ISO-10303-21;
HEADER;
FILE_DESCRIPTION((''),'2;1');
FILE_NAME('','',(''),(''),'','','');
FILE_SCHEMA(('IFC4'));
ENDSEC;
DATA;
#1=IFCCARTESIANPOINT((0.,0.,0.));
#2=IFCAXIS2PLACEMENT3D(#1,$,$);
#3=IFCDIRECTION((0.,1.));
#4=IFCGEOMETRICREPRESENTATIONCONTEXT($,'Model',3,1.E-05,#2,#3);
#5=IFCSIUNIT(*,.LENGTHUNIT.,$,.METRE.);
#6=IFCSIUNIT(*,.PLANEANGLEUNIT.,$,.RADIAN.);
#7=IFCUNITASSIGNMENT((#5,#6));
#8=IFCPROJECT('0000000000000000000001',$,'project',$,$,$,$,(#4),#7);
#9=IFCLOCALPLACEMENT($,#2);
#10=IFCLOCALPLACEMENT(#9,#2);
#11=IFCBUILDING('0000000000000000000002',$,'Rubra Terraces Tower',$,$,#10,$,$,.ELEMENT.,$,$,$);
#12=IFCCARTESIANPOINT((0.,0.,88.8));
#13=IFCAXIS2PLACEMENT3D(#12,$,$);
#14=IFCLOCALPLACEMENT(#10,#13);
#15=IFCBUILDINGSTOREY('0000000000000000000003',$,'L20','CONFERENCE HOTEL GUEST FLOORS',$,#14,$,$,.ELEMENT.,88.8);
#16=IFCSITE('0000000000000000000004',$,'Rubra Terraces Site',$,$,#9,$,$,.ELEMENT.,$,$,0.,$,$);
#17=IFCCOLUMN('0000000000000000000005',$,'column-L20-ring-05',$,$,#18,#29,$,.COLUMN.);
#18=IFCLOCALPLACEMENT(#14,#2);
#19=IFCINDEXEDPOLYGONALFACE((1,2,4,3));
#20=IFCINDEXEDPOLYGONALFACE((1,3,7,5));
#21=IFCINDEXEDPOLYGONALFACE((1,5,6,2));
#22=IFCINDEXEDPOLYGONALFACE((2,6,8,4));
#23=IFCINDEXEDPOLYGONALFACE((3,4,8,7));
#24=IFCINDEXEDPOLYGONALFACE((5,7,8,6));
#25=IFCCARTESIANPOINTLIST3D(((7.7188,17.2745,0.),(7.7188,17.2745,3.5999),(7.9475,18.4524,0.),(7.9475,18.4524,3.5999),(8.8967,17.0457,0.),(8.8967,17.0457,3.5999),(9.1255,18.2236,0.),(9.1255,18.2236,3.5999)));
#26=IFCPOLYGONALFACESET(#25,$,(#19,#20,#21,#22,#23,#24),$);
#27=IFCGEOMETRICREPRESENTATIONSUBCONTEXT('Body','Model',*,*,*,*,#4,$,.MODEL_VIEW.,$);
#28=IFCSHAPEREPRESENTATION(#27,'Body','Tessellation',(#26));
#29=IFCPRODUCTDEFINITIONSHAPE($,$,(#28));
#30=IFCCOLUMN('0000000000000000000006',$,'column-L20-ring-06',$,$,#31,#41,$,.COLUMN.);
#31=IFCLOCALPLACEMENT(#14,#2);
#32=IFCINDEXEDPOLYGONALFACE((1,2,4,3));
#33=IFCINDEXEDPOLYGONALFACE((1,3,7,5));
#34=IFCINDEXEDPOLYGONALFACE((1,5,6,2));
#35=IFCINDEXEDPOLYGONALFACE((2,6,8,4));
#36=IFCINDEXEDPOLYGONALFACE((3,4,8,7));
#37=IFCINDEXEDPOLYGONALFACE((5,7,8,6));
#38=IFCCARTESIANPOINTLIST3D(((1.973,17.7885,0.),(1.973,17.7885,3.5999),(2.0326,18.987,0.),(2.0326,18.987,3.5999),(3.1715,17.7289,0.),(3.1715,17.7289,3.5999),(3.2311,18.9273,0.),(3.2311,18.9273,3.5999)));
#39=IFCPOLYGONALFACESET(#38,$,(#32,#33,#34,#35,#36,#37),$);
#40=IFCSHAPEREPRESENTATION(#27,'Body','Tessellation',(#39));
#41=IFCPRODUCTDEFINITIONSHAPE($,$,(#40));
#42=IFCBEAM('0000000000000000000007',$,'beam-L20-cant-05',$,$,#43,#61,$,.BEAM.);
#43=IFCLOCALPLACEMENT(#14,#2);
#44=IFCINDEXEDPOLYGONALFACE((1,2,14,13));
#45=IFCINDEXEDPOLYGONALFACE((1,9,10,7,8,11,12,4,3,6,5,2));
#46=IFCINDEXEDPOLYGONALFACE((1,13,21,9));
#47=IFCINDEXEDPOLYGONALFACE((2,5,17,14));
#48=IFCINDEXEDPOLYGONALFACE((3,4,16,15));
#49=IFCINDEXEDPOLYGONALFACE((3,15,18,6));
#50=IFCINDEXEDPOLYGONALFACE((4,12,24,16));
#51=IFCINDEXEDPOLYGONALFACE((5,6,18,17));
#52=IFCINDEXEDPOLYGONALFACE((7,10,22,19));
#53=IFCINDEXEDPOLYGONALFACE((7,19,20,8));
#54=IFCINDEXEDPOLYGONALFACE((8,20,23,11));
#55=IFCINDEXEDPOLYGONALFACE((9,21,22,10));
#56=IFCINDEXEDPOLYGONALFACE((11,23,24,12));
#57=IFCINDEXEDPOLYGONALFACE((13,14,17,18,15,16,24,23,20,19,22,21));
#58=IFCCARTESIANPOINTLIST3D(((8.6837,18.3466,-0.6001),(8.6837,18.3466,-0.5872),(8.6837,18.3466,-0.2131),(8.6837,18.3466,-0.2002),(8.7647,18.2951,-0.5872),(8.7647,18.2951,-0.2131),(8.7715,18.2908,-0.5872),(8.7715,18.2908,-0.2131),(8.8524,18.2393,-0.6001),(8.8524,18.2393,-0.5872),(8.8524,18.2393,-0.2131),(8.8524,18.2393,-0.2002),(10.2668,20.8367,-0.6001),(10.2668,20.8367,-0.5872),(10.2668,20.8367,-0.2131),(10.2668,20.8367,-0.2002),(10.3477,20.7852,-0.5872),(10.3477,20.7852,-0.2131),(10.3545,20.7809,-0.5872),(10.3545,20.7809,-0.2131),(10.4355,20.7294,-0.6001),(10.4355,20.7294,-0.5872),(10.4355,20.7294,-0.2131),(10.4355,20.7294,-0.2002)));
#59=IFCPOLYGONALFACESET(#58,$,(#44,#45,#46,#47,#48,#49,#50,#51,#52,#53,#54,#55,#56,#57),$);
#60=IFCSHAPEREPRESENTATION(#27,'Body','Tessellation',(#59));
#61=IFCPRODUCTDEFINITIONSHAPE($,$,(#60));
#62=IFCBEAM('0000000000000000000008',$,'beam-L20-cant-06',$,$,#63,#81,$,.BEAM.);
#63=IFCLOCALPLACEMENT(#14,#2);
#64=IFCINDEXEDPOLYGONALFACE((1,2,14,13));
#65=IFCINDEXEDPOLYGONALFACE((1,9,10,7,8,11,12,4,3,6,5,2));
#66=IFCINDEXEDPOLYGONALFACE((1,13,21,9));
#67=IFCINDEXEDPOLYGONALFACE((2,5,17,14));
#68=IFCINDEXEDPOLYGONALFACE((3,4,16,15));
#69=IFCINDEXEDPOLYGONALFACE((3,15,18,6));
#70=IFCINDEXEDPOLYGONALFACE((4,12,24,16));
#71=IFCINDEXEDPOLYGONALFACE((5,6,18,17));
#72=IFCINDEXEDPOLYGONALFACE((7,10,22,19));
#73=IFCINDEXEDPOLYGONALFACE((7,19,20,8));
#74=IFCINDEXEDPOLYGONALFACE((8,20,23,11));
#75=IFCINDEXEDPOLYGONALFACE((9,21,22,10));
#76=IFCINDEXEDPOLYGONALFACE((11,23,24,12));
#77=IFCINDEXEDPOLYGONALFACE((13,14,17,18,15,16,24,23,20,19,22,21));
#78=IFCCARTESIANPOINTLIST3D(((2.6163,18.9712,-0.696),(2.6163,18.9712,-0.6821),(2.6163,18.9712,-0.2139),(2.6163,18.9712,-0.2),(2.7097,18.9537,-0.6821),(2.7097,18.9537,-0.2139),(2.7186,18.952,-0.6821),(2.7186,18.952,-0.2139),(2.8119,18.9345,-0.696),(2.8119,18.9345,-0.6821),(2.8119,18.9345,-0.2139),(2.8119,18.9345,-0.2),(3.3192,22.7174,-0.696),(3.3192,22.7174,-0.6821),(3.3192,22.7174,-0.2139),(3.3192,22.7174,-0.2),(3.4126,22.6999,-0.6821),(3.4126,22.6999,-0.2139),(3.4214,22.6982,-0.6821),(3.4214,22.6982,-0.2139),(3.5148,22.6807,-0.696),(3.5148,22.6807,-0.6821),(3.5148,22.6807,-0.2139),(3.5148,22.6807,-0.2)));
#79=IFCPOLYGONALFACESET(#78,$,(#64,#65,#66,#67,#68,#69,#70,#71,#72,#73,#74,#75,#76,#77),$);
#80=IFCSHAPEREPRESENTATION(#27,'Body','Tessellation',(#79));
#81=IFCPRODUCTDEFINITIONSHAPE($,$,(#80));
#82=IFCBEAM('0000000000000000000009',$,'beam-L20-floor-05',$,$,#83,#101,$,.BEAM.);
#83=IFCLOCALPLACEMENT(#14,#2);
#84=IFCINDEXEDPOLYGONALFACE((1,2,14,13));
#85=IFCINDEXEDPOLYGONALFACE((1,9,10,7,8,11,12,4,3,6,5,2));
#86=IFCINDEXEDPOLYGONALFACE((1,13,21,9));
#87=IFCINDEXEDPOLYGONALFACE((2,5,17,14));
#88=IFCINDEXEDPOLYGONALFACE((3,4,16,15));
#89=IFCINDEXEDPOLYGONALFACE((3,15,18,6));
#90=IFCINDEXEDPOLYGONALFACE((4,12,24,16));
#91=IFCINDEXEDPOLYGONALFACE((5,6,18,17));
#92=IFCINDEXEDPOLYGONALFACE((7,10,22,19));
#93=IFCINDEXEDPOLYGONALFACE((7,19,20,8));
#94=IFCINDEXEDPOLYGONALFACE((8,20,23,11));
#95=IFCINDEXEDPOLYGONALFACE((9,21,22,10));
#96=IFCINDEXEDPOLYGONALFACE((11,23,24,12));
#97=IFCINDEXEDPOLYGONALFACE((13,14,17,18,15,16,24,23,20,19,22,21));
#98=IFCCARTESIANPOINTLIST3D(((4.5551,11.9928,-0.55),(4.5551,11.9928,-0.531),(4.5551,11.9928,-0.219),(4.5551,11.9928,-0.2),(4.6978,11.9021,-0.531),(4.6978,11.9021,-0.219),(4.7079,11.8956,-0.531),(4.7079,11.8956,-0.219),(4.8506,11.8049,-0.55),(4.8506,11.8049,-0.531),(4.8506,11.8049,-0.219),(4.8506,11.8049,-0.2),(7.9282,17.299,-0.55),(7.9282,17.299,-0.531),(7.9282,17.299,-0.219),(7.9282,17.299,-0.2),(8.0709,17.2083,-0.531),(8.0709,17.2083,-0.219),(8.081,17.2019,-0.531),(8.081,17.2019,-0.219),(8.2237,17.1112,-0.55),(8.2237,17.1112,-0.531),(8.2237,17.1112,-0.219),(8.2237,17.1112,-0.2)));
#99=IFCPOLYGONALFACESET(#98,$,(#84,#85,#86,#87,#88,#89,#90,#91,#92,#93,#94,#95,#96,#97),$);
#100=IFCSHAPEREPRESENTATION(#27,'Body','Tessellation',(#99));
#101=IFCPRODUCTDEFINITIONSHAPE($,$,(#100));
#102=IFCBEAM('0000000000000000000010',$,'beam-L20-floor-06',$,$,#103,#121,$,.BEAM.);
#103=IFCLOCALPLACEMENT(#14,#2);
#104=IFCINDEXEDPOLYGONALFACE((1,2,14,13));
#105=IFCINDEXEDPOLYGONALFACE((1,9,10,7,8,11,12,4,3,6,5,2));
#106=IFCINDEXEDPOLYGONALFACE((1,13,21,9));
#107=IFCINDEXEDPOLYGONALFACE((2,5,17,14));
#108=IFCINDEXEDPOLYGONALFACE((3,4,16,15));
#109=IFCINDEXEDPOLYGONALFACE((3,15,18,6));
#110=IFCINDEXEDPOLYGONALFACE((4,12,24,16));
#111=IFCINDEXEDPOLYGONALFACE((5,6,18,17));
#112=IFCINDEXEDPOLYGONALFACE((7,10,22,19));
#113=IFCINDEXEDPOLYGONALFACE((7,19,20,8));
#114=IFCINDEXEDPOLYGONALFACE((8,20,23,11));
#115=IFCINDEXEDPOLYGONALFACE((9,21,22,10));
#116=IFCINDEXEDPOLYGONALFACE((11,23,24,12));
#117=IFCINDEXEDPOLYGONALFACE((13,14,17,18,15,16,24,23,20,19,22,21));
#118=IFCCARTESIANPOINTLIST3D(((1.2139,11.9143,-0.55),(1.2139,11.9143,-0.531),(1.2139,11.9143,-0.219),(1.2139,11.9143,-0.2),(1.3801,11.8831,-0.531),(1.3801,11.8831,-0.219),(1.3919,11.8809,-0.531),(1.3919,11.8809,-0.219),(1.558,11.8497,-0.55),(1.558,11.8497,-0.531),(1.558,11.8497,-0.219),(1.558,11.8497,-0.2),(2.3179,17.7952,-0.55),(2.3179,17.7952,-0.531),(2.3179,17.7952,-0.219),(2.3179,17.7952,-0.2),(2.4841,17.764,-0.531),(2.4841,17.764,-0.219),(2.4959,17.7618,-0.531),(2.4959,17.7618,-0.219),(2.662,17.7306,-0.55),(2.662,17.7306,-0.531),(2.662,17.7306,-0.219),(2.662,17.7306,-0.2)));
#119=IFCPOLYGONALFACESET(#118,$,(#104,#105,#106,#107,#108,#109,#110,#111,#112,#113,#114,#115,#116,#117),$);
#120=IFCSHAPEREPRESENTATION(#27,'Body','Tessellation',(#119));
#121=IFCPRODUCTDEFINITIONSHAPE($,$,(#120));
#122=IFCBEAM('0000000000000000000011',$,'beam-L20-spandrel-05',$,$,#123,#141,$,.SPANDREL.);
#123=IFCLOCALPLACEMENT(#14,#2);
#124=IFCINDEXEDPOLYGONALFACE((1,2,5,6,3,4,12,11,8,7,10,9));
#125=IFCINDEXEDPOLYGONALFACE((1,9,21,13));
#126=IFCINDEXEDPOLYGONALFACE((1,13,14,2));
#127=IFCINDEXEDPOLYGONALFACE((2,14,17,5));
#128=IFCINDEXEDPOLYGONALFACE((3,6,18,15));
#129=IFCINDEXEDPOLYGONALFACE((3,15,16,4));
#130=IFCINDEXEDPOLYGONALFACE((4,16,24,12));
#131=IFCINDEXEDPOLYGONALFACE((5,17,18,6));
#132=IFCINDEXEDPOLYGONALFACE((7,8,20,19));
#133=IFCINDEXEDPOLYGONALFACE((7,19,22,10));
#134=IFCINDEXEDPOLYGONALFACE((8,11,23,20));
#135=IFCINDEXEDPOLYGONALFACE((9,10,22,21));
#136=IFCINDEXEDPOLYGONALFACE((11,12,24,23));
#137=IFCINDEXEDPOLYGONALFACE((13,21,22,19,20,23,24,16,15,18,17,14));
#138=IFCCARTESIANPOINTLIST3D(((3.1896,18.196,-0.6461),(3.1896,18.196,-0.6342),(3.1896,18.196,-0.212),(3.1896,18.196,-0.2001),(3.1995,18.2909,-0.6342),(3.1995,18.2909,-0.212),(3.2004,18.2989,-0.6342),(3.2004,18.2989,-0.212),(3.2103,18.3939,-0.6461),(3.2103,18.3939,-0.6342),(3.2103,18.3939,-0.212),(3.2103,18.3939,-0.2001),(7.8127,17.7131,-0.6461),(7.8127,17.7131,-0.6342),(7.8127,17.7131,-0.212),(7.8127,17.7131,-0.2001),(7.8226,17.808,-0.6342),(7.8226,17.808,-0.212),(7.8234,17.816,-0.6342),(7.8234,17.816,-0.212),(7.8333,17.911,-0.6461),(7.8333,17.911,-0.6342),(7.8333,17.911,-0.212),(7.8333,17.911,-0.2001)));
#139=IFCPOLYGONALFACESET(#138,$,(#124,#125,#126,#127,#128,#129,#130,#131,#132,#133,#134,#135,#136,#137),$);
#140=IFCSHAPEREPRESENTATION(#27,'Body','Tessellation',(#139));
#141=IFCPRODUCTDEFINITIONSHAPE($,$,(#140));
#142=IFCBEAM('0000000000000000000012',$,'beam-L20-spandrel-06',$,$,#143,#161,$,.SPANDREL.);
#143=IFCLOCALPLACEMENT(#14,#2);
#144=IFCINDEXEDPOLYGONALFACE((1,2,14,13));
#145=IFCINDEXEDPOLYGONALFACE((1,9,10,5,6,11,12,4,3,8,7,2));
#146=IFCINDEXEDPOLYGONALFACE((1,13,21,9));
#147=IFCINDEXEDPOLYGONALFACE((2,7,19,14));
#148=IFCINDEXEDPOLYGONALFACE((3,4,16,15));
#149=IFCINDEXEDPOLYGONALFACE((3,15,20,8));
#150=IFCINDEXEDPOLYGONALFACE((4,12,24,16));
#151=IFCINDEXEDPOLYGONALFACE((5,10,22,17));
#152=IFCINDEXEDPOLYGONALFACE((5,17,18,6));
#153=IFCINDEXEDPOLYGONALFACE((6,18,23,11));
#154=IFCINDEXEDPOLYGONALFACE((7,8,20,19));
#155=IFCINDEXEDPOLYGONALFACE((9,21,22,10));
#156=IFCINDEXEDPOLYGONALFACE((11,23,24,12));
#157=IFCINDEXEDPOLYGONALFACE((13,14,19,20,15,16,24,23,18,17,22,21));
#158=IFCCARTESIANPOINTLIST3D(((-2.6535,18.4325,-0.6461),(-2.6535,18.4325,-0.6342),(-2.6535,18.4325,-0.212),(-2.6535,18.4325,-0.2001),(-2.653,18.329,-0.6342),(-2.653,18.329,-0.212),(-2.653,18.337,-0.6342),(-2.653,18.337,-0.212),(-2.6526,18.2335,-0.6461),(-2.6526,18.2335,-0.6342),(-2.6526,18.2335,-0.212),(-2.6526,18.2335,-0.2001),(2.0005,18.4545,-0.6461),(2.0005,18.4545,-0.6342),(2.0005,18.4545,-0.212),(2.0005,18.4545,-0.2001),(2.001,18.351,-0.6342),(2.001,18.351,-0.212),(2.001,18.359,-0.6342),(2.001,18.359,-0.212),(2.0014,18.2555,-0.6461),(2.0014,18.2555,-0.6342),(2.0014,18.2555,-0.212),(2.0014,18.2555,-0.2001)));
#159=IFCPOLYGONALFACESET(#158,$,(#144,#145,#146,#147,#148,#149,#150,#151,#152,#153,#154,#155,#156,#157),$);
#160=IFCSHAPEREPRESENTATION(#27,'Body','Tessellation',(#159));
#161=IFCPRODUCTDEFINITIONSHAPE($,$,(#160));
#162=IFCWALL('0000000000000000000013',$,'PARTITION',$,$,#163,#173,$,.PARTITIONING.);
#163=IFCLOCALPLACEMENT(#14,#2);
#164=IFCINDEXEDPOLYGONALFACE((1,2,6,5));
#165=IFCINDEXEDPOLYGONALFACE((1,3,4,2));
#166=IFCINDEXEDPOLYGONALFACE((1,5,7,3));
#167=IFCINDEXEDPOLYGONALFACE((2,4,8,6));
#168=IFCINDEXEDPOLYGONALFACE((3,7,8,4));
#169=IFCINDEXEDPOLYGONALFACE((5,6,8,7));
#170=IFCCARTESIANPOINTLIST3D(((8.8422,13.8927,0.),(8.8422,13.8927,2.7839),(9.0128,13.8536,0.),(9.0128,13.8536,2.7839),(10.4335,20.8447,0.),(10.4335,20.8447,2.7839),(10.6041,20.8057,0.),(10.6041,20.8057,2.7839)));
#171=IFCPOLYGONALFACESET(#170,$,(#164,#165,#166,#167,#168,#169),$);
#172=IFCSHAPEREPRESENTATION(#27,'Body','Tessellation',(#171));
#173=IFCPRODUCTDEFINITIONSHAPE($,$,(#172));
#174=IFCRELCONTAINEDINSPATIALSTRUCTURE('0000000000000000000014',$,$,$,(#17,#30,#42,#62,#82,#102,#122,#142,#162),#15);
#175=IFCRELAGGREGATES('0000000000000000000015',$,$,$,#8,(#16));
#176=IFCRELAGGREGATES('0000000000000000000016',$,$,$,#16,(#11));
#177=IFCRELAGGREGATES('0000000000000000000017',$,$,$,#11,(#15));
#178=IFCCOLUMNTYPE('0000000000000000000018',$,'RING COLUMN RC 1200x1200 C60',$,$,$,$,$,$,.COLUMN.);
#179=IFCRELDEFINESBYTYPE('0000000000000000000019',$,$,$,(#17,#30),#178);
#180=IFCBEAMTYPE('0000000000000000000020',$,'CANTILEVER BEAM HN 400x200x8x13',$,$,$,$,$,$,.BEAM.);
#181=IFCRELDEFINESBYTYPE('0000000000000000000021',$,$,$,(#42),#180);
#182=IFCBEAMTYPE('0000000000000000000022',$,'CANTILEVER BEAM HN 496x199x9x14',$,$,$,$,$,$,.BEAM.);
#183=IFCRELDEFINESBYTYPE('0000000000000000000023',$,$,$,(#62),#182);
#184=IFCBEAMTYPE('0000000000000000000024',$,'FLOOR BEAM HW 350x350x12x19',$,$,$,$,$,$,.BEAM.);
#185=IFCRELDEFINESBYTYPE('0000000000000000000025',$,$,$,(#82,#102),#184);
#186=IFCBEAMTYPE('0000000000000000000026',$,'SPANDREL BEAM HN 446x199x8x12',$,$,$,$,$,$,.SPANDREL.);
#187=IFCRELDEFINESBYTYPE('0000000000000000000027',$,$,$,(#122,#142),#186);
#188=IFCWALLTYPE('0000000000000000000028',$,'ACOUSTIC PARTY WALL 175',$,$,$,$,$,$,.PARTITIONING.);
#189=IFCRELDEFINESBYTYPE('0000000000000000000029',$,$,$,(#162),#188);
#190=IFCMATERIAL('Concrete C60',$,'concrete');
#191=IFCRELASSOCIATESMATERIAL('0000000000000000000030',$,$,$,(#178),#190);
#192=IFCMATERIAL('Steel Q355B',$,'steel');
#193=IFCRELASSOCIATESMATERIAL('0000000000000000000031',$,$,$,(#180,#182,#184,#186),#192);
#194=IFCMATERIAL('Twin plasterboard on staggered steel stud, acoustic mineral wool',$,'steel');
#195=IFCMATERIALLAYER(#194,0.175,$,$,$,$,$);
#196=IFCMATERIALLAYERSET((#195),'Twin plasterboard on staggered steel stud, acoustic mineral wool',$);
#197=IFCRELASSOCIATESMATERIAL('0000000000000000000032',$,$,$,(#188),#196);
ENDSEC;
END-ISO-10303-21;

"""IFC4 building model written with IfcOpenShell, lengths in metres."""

from ifc_helpers import new_model, si_unit, direction, frame, frame_2d, origin, origin_2d, place, context, subcontext, project, spatial, rectangle, i_section, extrude, material, layer, layer_set, material_profile, profile_set, type_object, element, save


model = new_model("IFC4")

# Units and contexts
model_context = context("Model", 3, precision=1e-05, world=origin(), true_north=direction((0.0, 1.0)))
body_context = subcontext(model_context, "Body", "Model", "MODEL_VIEW")
ifc_project = project(units=[si_unit("LENGTHUNIT", "METRE"), si_unit("PLANEANGLEUNIT", "RADIAN")], contexts=[model_context])

# Site, building, storey
site_placement = place(None, origin())
site = spatial("IfcSite", under=ifc_project, at=site_placement, Name="Rubra Terraces Site", CompositionType="ELEMENT", RefElevation=0.0)
building_placement = place(site_placement, origin())
building = spatial("IfcBuilding", under=site, at=building_placement, Name="Rubra Terraces Tower", CompositionType="ELEMENT")
storey_placement = place(building_placement, frame((0.0, 0.0, 88.8)))
storey = spatial("IfcBuildingStorey", under=building, at=storey_placement, Name="L20", Description="CONFERENCE HOTEL GUEST FLOORS", CompositionType="ELEMENT", Elevation=88.8)

# Columns
ifc_material_1 = material(Name="Concrete C60", Category="concrete")
ifc_material_profile_1 = material_profile(ifc_material_1, rectangle(XDim=1.2, YDim=1.2, at=origin_2d()), Name="RC 1200x1200")
ifc_profile_set_1 = profile_set([ifc_material_profile_1], Name="Concrete C60")
column_type = type_object("IfcColumnType", Name="RING COLUMN RC 1200x1200 C60", PredefinedType="COLUMN", material=ifc_profile_set_1)
for number, where, z_axis, x_axis, name in (
    (1, (8.4221, 17.749, 0.0), (0.0, 0.0, 1.0), (-0.981655, 0.190668, 0.0), "column-L20-ring-05"),
    (2, (2.6021, 18.3579, 0.0), (0.0, 0.0, 1.0), (-0.998764, 0.049699, 0.0), "column-L20-ring-06"),
):
    element("IfcColumn", number, at=place(storey_placement, frame(where, z_axis=z_axis, x_axis=x_axis)), inside=storey, type_object=column_type, Name=name, PredefinedType="COLUMN", context=body_context, shape_type="SweptSolid", body=[
        extrude(rectangle(XDim=1.2, YDim=1.2, at=origin_2d()), origin(), (0.0, 0.0, 1.0), 3.5999),
    ])

# Beams
ifc_material_2 = material(Name="Steel Q355B", Category="steel")
ifc_material_profile_2 = material_profile(ifc_material_2, i_section(OverallWidth=0.2, OverallDepth=0.3999, WebThickness=0.0081, FlangeThickness=0.0129, at=origin_2d()), Name="HN 400x200x8x13")
ifc_profile_set_2 = profile_set([ifc_material_profile_2], Name="Steel Q355B")
beam_type_1 = type_object("IfcBeamType", Name="CANTILEVER BEAM HN 400x200x8x13", PredefinedType="BEAM", material=ifc_profile_set_2)
beam_1_placement = place(storey_placement, frame((8.7681, 18.293, -0.4001), z_axis=(0.536506, 0.843896, 0.0), x_axis=(-0.843896, 0.536506, 0.0)))
element("IfcBeam", 3, at=beam_1_placement, inside=storey, type_object=beam_type_1, Name="beam-L20-cant-05", PredefinedType="BEAM", context=body_context, shape_type="SweptSolid", body=[
    extrude(i_section(OverallWidth=0.2, OverallDepth=0.3999, WebThickness=0.0081, FlangeThickness=0.0129, at=origin_2d()), origin(), (0.0, 0.0, 1.0), 2.9507),
])
ifc_material_profile_3 = material_profile(ifc_material_2, i_section(OverallWidth=0.199, OverallDepth=0.4961, WebThickness=0.009, FlangeThickness=0.0139, at=origin_2d()), Name="HN 496x199x9x14")
ifc_profile_set_3 = profile_set([ifc_material_profile_3], Name="Steel Q355B")
beam_type_2 = type_object("IfcBeamType", Name="CANTILEVER BEAM HN 496x199x9x14", PredefinedType="BEAM", material=ifc_profile_set_3)
beam_2_placement = place(storey_placement, frame((2.7141, 18.9529, -0.448), z_axis=(0.184412, 0.982849, 0.0), x_axis=(-0.982849, 0.184412, 0.0)))
element("IfcBeam", 4, at=beam_2_placement, inside=storey, type_object=beam_type_2, Name="beam-L20-cant-06", PredefinedType="BEAM", context=body_context, shape_type="SweptSolid", body=[
    extrude(i_section(OverallWidth=0.199, OverallDepth=0.4961, WebThickness=0.009, FlangeThickness=0.0139, at=origin_2d()), origin(), (0.0, 0.0, 1.0), 3.8115),
])
ifc_material_profile_4 = material_profile(ifc_material_2, i_section(OverallWidth=0.3501, OverallDepth=0.3501, WebThickness=0.012, FlangeThickness=0.019, at=origin_2d()), Name="HW 350x350x12x19")
ifc_profile_set_4 = profile_set([ifc_material_profile_4], Name="Steel Q355B")
beam_type_3 = type_object("IfcBeamType", Name="FLOOR BEAM HW 350x350x12x19", PredefinedType="BEAM", material=ifc_profile_set_4)
beam_3_placement = place(storey_placement, frame((8.0759, 17.2051, -0.375), z_axis=(-0.536468, -0.84392, 0.0), x_axis=(0.84392, -0.536468, 0.0)))
element("IfcBeam", 5, at=beam_3_placement, inside=storey, type_object=beam_type_3, Name="beam-L20-floor-05", PredefinedType="BEAM", context=body_context, shape_type="SweptSolid", body=[
    extrude(i_section(OverallWidth=0.3501, OverallDepth=0.3501, WebThickness=0.012, FlangeThickness=0.019, at=origin_2d()), origin(), (0.0, 0.0, 1.0), 6.2876),
])
beam_4_placement = place(storey_placement, frame((2.49, 17.7629, -0.375), z_axis=(-0.184505, -0.982832, 0.0), x_axis=(0.982832, -0.184505, 0.0)))
element("IfcBeam", 6, at=beam_4_placement, inside=storey, type_object=beam_type_3, Name="beam-L20-floor-06", PredefinedType="BEAM", context=body_context, shape_type="SweptSolid", body=[
    extrude(i_section(OverallWidth=0.3501, OverallDepth=0.3501, WebThickness=0.012, FlangeThickness=0.019, at=origin_2d()), origin(), (0.0, 0.0, 1.0), 5.9836),
])
ifc_material_profile_5 = material_profile(ifc_material_2, i_section(OverallWidth=0.199, OverallDepth=0.446, WebThickness=0.0081, FlangeThickness=0.012, at=origin_2d()), Name="HN 446x199x8x12")
ifc_profile_set_5 = profile_set([ifc_material_profile_5], Name="Steel Q355B")
beam_type_4 = type_object("IfcBeamType", Name="SPANDREL BEAM HN 446x199x8x12", PredefinedType="SPANDREL", material=ifc_profile_set_5)
beam_5_placement = place(storey_placement, frame((7.823, 17.812, -0.4231), z_axis=(-0.994589, 0.103892, 0.0), x_axis=(-0.103892, -0.994589, 0.0)))
element("IfcBeam", 7, at=beam_5_placement, inside=storey, type_object=beam_type_4, Name="beam-L20-spandrel-05", PredefinedType="SPANDREL", context=body_context, shape_type="SweptSolid", body=[
    extrude(i_section(OverallWidth=0.199, OverallDepth=0.446, WebThickness=0.0081, FlangeThickness=0.012, at=origin_2d()), origin(), (0.0, 0.0, 1.0), 4.6482),
])
beam_6_placement = place(storey_placement, frame((2.001, 18.355, -0.4231), z_axis=(-0.999989, -0.004721, 0.0), x_axis=(0.004721, -0.999989, 0.0)))
element("IfcBeam", 8, at=beam_6_placement, inside=storey, type_object=beam_type_4, Name="beam-L20-spandrel-06", PredefinedType="SPANDREL", context=body_context, shape_type="SweptSolid", body=[
    extrude(i_section(OverallWidth=0.199, OverallDepth=0.446, WebThickness=0.0081, FlangeThickness=0.012, at=origin_2d()), origin(), (0.0, 0.0, 1.0), 4.6541),
])

# Wall
ifc_material_3 = material(Name="Twin plasterboard on staggered steel stud, acoustic mineral wool", Category="steel")
ifc_layer_1 = layer(ifc_material_3, 0.175)
ifc_layer_set_1 = layer_set([ifc_layer_1], Name="Twin plasterboard on staggered steel stud, acoustic mineral wool")
wall_type_1 = type_object("IfcWallType", Name="ACOUSTIC PARTY WALL 175", PredefinedType="PARTITIONING", material=ifc_layer_set_1)
wall_1_placement = place(storey_placement, frame((10.5188, 20.8252, 0.0), z_axis=(0.0, 0.0, 1.0), x_axis=(-0.223124, -0.97479, 0.0)))
element("IfcWall", 9, at=wall_1_placement, inside=storey, type_object=wall_type_1, Name="PARTITION", PredefinedType="PARTITIONING", context=body_context, shape_type="SweptSolid", body=[
    extrude(rectangle(XDim=7.1318, YDim=0.175, at=frame_2d((3.5659, 0.0))), origin(), (0.0, 0.0, 1.0), 2.7839),
])

save(model, "model.ifc")
